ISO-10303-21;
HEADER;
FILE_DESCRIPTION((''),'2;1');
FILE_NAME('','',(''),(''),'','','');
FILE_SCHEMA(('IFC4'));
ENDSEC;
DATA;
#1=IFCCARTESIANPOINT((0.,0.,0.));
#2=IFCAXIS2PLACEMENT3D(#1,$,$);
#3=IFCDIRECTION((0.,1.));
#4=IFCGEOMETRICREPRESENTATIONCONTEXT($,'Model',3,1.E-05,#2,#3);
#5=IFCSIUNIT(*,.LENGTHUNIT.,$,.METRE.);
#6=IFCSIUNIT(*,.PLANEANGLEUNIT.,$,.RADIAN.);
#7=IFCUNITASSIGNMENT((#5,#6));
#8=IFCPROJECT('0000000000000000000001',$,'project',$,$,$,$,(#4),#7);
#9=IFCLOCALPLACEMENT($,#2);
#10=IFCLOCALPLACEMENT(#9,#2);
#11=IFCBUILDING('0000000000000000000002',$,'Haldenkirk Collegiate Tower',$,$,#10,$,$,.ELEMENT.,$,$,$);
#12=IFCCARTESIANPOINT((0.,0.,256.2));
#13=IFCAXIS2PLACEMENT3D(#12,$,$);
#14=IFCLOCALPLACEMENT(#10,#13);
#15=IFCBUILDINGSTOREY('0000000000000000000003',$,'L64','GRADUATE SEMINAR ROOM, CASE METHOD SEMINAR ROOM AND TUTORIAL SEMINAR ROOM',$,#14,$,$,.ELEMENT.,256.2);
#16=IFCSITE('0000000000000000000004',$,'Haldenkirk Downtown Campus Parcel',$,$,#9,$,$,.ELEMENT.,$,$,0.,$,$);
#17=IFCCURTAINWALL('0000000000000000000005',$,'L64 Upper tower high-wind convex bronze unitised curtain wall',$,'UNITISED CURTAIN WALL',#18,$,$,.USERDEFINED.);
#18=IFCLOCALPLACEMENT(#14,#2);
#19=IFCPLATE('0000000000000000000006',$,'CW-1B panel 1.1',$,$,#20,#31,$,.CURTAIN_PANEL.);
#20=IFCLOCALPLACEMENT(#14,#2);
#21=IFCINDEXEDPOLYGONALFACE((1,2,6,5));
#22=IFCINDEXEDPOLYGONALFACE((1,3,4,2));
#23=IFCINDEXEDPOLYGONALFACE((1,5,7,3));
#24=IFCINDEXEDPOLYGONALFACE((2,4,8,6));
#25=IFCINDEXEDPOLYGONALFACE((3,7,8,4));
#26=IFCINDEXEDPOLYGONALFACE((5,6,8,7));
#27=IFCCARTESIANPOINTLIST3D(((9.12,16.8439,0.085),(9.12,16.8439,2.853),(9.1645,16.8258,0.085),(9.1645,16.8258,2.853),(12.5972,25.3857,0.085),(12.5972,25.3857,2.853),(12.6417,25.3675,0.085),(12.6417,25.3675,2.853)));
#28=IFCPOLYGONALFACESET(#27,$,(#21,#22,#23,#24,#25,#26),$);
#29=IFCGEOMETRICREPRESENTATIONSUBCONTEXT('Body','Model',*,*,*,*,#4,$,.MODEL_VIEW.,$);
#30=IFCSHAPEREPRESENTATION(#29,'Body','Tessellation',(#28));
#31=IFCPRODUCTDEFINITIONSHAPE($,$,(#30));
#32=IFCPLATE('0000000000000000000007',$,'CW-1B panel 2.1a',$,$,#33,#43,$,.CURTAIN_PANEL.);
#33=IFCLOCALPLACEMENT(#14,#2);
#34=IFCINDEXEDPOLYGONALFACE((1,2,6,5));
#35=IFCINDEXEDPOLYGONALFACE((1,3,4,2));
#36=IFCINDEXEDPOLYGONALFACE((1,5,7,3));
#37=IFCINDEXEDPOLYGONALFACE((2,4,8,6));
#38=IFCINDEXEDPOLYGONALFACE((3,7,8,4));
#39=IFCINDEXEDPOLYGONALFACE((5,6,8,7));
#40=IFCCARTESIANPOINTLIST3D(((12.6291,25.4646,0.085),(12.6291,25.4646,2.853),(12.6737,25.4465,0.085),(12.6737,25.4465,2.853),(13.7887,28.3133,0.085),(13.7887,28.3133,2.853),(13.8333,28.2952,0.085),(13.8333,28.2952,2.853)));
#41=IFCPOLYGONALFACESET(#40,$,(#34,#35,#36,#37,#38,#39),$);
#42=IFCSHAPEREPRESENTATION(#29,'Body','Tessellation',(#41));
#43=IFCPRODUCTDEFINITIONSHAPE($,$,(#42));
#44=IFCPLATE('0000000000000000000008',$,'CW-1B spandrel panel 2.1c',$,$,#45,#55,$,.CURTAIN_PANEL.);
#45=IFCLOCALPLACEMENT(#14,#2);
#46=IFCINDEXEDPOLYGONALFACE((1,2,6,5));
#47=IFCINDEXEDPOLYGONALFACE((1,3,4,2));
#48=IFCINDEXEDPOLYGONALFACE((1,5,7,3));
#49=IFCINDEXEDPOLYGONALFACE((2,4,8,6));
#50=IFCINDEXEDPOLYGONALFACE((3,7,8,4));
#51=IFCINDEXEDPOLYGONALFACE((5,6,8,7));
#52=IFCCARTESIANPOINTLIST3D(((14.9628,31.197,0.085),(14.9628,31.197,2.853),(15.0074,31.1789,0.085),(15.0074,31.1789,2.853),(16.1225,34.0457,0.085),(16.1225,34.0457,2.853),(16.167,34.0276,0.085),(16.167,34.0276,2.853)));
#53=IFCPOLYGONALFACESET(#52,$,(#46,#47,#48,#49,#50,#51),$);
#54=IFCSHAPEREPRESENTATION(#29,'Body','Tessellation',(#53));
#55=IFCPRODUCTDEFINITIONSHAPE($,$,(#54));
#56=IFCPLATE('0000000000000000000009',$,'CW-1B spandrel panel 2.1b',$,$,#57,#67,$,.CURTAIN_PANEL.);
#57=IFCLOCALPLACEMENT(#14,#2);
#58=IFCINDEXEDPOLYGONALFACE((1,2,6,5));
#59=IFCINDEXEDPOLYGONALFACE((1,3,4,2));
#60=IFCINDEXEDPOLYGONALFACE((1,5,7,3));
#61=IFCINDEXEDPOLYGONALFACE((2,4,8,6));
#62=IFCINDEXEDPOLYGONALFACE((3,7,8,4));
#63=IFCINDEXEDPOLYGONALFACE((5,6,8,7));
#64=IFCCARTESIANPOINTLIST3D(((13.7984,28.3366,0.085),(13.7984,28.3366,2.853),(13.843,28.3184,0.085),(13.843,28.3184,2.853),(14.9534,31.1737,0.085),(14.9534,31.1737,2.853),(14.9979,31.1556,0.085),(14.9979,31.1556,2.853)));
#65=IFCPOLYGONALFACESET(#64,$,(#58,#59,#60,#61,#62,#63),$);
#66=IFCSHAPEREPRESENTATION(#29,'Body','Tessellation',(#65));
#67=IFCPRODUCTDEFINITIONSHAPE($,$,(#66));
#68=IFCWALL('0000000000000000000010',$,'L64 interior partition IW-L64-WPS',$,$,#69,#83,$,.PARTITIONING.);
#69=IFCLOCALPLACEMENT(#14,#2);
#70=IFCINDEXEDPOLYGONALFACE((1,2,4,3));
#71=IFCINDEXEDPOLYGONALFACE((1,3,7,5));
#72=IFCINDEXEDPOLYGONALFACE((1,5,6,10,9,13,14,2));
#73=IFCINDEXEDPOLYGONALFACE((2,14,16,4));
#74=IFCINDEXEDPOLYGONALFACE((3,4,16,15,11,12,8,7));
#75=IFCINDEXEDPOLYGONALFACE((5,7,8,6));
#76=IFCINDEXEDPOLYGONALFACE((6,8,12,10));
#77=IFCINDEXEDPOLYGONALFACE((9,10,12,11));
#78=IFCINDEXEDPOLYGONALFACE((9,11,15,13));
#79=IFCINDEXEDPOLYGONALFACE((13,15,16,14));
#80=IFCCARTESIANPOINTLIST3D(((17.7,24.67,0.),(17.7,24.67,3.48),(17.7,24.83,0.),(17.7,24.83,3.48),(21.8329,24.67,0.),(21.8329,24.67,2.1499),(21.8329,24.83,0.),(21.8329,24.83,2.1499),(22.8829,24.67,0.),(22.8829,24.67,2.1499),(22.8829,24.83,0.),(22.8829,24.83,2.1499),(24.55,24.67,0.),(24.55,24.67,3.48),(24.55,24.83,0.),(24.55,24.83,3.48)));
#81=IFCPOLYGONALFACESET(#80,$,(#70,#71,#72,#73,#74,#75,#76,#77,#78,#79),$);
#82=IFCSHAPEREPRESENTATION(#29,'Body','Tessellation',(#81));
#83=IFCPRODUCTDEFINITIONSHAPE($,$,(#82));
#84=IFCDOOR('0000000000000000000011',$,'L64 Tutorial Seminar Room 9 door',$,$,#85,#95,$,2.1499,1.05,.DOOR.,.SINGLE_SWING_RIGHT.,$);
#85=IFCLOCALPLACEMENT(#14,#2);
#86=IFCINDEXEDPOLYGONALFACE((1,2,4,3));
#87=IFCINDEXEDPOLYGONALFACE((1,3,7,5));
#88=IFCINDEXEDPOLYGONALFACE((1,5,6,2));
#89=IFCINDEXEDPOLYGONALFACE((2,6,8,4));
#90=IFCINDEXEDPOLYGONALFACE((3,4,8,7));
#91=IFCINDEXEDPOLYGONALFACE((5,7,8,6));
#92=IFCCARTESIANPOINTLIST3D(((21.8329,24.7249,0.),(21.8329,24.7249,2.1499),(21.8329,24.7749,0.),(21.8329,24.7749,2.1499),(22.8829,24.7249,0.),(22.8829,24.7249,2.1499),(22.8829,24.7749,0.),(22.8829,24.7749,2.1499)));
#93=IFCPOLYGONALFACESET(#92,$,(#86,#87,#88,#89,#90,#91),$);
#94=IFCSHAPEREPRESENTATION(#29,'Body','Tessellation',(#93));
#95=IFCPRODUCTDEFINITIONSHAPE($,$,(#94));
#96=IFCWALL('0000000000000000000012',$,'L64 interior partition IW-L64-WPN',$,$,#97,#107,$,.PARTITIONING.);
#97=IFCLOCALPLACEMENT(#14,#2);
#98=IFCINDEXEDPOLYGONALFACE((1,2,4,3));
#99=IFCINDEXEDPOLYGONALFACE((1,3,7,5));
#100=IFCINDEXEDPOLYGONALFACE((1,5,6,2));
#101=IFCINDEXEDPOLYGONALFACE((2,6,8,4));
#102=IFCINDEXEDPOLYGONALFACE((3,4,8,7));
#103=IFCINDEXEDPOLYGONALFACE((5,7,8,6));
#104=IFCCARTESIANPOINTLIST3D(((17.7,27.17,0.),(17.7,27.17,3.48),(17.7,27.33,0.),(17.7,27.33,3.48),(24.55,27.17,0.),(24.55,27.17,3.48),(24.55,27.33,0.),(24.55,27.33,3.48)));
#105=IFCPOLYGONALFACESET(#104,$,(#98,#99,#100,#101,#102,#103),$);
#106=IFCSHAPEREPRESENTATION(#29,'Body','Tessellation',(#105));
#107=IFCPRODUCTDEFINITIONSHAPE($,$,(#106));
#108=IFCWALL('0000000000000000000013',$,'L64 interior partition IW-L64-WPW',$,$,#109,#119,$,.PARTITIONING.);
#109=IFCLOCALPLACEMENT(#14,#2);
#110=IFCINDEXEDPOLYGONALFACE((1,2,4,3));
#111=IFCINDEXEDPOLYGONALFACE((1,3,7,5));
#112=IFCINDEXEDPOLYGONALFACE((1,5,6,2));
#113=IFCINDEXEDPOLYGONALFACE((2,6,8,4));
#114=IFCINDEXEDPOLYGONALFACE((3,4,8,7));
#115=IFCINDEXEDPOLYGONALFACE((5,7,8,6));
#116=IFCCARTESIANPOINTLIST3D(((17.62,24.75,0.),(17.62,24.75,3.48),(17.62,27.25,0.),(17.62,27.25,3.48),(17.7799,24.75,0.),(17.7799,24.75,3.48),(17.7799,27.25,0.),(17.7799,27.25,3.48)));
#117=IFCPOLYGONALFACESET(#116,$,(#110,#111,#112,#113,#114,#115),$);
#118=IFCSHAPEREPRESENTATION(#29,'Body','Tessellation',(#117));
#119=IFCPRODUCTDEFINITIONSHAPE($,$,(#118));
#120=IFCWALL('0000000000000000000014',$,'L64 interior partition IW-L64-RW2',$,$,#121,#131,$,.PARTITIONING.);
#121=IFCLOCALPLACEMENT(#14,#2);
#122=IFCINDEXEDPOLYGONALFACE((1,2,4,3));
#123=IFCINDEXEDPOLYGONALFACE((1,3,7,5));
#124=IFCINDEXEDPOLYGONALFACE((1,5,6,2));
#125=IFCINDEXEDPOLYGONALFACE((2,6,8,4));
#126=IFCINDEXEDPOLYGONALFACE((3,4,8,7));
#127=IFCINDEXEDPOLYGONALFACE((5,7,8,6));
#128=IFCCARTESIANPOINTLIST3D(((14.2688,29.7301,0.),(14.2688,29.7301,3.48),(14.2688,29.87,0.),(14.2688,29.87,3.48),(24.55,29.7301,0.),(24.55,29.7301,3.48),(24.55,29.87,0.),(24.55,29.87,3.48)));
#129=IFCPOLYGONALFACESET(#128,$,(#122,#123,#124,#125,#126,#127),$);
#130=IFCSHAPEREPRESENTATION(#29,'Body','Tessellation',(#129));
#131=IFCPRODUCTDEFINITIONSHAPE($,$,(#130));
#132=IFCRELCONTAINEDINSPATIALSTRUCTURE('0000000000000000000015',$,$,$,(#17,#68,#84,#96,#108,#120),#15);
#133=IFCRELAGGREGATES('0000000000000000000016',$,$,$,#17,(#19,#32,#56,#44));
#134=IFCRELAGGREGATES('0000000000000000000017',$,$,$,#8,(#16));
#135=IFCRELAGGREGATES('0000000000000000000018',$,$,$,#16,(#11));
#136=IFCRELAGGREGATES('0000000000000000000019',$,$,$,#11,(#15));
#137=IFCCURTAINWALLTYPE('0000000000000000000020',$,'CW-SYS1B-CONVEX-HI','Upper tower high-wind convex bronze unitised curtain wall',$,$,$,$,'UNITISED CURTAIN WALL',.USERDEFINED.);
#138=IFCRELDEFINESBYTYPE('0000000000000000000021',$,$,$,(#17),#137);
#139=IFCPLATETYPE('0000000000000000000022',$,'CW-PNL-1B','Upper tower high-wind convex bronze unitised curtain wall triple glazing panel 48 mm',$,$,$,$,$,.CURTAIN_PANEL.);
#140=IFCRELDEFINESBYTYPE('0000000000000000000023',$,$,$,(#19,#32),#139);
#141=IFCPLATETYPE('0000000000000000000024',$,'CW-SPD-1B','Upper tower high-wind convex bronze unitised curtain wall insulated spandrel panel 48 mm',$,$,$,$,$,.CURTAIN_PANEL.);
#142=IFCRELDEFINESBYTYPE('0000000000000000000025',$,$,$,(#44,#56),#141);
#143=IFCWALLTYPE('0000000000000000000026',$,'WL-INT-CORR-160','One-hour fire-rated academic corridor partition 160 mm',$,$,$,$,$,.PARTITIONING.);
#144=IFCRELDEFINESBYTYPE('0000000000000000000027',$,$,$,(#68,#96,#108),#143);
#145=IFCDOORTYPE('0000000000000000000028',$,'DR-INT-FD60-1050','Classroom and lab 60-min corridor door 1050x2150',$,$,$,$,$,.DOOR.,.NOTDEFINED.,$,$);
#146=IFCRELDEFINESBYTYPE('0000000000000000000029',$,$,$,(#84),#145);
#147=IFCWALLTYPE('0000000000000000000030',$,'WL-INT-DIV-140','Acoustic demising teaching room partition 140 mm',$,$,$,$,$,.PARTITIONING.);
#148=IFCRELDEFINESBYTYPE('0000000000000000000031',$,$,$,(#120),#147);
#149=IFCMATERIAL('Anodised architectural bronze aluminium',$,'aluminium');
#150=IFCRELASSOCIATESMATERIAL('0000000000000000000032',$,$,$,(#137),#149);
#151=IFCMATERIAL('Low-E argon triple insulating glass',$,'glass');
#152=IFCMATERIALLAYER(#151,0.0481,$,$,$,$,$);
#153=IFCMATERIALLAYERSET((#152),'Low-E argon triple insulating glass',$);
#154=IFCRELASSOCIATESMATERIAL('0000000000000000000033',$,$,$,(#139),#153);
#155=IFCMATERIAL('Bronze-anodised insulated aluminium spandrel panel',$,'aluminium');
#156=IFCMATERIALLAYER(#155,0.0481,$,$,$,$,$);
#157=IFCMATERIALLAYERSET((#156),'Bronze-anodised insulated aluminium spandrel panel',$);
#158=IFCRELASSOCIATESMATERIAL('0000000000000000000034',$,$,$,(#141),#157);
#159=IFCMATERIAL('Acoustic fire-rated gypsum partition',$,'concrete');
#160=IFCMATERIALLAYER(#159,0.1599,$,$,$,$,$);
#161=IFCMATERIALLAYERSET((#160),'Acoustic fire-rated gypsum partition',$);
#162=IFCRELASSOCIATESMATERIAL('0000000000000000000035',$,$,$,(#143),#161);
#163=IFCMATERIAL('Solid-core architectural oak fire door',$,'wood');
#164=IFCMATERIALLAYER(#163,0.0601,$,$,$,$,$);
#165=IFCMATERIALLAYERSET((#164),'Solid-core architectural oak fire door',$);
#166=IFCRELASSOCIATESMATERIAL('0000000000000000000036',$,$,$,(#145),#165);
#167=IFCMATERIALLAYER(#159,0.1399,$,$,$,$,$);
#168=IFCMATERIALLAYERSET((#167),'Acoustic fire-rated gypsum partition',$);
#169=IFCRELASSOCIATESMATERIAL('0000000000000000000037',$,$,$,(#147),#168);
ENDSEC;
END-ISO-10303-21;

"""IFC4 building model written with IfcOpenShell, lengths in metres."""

from ifc_helpers import new_model, si_unit, direction, frame, frame_2d, origin, origin_2d, place, context, subcontext, project, spatial, rectangle, extrude, source, transform, mapped, material, layer, layer_set, type_object, element, fill, aggregate, save


model = new_model("IFC4")

# Units and contexts
model_context = context("Model", 3, precision=1e-05, world=origin(), true_north=direction((0.0, 1.0)))
body_context = subcontext(model_context, "Body", "Model", "MODEL_VIEW")
ifc_project = project(units=[si_unit("LENGTHUNIT", "METRE"), si_unit("PLANEANGLEUNIT", "RADIAN")], contexts=[model_context])

# Site, building, storey
site_placement = place(None, origin())
site = spatial("IfcSite", under=ifc_project, at=site_placement, Name="Haldenkirk Downtown Campus Parcel", CompositionType="ELEMENT", RefElevation=0.0)
building_placement = place(site_placement, origin())
building = spatial("IfcBuilding", under=site, at=building_placement, Name="Haldenkirk Collegiate Tower", CompositionType="ELEMENT")
storey_placement = place(building_placement, frame((0.0, 0.0, 256.2)))
storey = spatial("IfcBuildingStorey", under=building, at=storey_placement, Name="L64", Description="GRADUATE SEMINAR ROOM, CASE METHOD SEMINAR ROOM AND TUTORIAL SEMINAR ROOM", CompositionType="ELEMENT", Elevation=256.2)

# Curtain wall
ifc_material_1 = material(Name="Anodised architectural bronze aluminium", Category="aluminium")
curtain_wall_type = type_object("IfcCurtainWallType", Name="CW-SYS1B-CONVEX-HI", Description="Upper tower high-wind convex bronze unitised curtain wall", ElementType="UNITISED CURTAIN WALL", PredefinedType="USERDEFINED", material=ifc_material_1)
curtain_wall_placement = place(storey_placement, origin())
curtain_wall = element("IfcCurtainWall", 1, at=curtain_wall_placement, inside=storey, type_object=curtain_wall_type, Name="L64 Upper tower high-wind convex bronze unitised curtain wall", ObjectType="UNITISED CURTAIN WALL", PredefinedType="USERDEFINED")

# Plates
ifc_material_2 = material(Name="Low-E argon triple insulating glass", Category="glass")
ifc_layer_1 = layer(ifc_material_2, 0.0481)
ifc_layer_set_1 = layer_set([ifc_layer_1], Name="Low-E argon triple insulating glass")
plate_type_1 = type_object("IfcPlateType", Name="CW-PNL-1B", Description="Upper tower high-wind convex bronze unitised curtain wall triple glazing panel 48 mm", PredefinedType="CURTAIN_PANEL", material=ifc_layer_set_1)
shared_shape_1 = source(origin(), body_context, "Body", "SweptSolid", [
    extrude(rectangle(XDim=9.2224, YDim=0.0481, at=origin_2d()), origin(), (0.0, 0.0, 1.0), 2.7681),
])
plate_1_placement = place(storey_placement, frame((10.8809, 21.1057, 0.085), z_axis=(0.0, 0.0, 1.0), x_axis=(0.377035, 0.926199, 0.0)))
plate_1 = element("IfcPlate", 2, at=plate_1_placement, type_object=plate_type_1, Name="CW-1B panel 1.1", PredefinedType="CURTAIN_PANEL", context=body_context, shape_type="MappedRepresentation", body=[
    mapped(shared_shape_1, transform((0.0, 0.0, 0.0), x_axis=(1.0, 0.0, 0.0), y_axis=(0.0, 1.0, 0.0), z_axis=(0.0, 0.0, 1.0), scale=1.0)),
])
shared_shape_2 = source(origin(), body_context, "Body", "SweptSolid", [
    extrude(rectangle(XDim=3.0757, YDim=0.0481, at=origin_2d()), origin(), (0.0, 0.0, 1.0), 2.7681),
])
plate_2_placement = place(storey_placement, frame((13.2312, 26.8799, 0.085), z_axis=(0.0, 0.0, 1.0), x_axis=(0.377035, 0.926199, 0.0)))
plate_2 = element("IfcPlate", 3, at=plate_2_placement, type_object=plate_type_1, Name="CW-1B panel 2.1a", PredefinedType="CURTAIN_PANEL", context=body_context, shape_type="MappedRepresentation", body=[
    mapped(shared_shape_2, transform((0.0, 0.0, 0.0), x_axis=(1.0, 0.0, 0.0), y_axis=(0.0, 1.0, 0.0), z_axis=(0.0, 0.0, 1.0), scale=1.0)),
])
ifc_material_3 = material(Name="Bronze-anodised insulated aluminium spandrel panel", Category="aluminium")
ifc_layer_2 = layer(ifc_material_3, 0.0481)
ifc_layer_set_2 = layer_set([ifc_layer_2], Name="Bronze-anodised insulated aluminium spandrel panel")
plate_type_2 = type_object("IfcPlateType", Name="CW-SPD-1B", Description="Upper tower high-wind convex bronze unitised curtain wall insulated spandrel panel 48 mm", PredefinedType="CURTAIN_PANEL", material=ifc_layer_set_2)
plate_3_placement = place(storey_placement, frame((15.5649, 32.6123, 0.085), z_axis=(0.0, 0.0, 1.0), x_axis=(0.377035, 0.926199, 0.0)))
plate_3 = element("IfcPlate", 4, at=plate_3_placement, type_object=plate_type_2, Name="CW-1B spandrel panel 2.1c", PredefinedType="CURTAIN_PANEL", context=body_context, shape_type="MappedRepresentation", body=[
    mapped(shared_shape_2, transform((0.0, 0.0, 0.0), x_axis=(1.0, 0.0, 0.0), y_axis=(0.0, 1.0, 0.0), z_axis=(0.0, 0.0, 1.0), scale=1.0)),
])
shared_shape_3 = source(origin(), body_context, "Body", "SweptSolid", [
    extrude(rectangle(XDim=3.0632, YDim=0.0481, at=origin_2d()), origin(), (0.0, 0.0, 1.0), 2.7681),
])
plate_4_placement = place(storey_placement, frame((14.3982, 29.7461, 0.085), z_axis=(0.0, 0.0, 1.0), x_axis=(0.377035, 0.926199, 0.0)))
plate_4 = element("IfcPlate", 5, at=plate_4_placement, type_object=plate_type_2, Name="CW-1B spandrel panel 2.1b", PredefinedType="CURTAIN_PANEL", context=body_context, shape_type="MappedRepresentation", body=[
    mapped(shared_shape_3, transform((0.0, 0.0, 0.0), x_axis=(1.0, 0.0, 0.0), y_axis=(0.0, 1.0, 0.0), z_axis=(0.0, 0.0, 1.0), scale=1.0)),
])
aggregate(curtain_wall, [plate_1, plate_2, plate_4, plate_3])

# Wall, opening, door
ifc_material_4 = material(Name="Acoustic fire-rated gypsum partition", Category="concrete")
ifc_layer_3 = layer(ifc_material_4, 0.1599)
ifc_layer_set_3 = layer_set([ifc_layer_3], Name="Acoustic fire-rated gypsum partition")
wall_type_1 = type_object("IfcWallType", Name="WL-INT-CORR-160", Description="One-hour fire-rated academic corridor partition 160 mm", PredefinedType="PARTITIONING", material=ifc_layer_set_3)
wall_1_placement = place(storey_placement, frame((17.7, 24.75, 0.0), z_axis=(0.0, 0.0, 1.0), x_axis=(1.0, 0.0, 0.0)))
wall_1 = element("IfcWall", 6, at=wall_1_placement, inside=storey, type_object=wall_type_1, Name="L64 interior partition IW-L64-WPS", PredefinedType="PARTITIONING", context=body_context, shape_type="SweptSolid", body=[
    extrude(rectangle(XDim=6.8501, YDim=0.1599, at=frame_2d((3.425, 0.0))), origin(), (0.0, 0.0, 1.0), 3.48),
])
opening_placement = place(wall_1_placement, frame((4.1331, 0.0, 0.0)))
opening = element("IfcOpeningElement", 7, at=opening_placement, cuts=wall_1, PredefinedType="OPENING", context=body_context, shape_type="SweptSolid", body=[
    extrude(rectangle(XDim=1.05, YDim=2.1499, at=frame_2d((0.5249, 1.075))), frame((0.0, 0.0898, 0.0), z_axis=(0.0, -1.0, 0.0), x_axis=(1.0, 0.0, 0.0)), (0.0, 0.0, 1.0), 0.1799),
])
ifc_material_5 = material(Name="Solid-core architectural oak fire door", Category="wood")
ifc_layer_4 = layer(ifc_material_5, 0.0601)
ifc_layer_set_4 = layer_set([ifc_layer_4], Name="Solid-core architectural oak fire door")
door_type = type_object("IfcDoorType", Name="DR-INT-FD60-1050", Description="Classroom and lab 60-min corridor door 1050x2150", OperationType="NOTDEFINED", PredefinedType="DOOR", material=ifc_layer_set_4)
door_placement = place(opening_placement, origin())
door = element("IfcDoor", 8, at=door_placement, inside=storey, type_object=door_type, Name="L64 Tutorial Seminar Room 9 door", OperationType="SINGLE_SWING_RIGHT", OverallHeight=2.1499, OverallWidth=1.05, PredefinedType="DOOR", context=body_context, shape_type="SweptSolid", body=[
    extrude(rectangle(XDim=1.05, YDim=2.1499, at=frame_2d((0.5249, 1.075))), frame((0.0, 0.0249, 0.0), z_axis=(0.0, -1.0, 0.0), x_axis=(1.0, 0.0, 0.0)), (0.0, 0.0, 1.0), 0.05),
])
fill(opening, door)

# Walls
wall_2_placement = place(storey_placement, frame((17.7, 27.25, 0.0), z_axis=(0.0, 0.0, 1.0), x_axis=(1.0, 0.0, 0.0)))
element("IfcWall", 9, at=wall_2_placement, inside=storey, type_object=wall_type_1, Name="L64 interior partition IW-L64-WPN", PredefinedType="PARTITIONING", context=body_context, shape_type="SweptSolid", body=[
    extrude(rectangle(XDim=6.8501, YDim=0.1599, at=frame_2d((3.425, 0.0))), origin(), (0.0, 0.0, 1.0), 3.48),
])
wall_3_placement = place(storey_placement, frame((17.7, 24.75, 0.0), z_axis=(0.0, 0.0, 1.0), x_axis=(0.0, 1.0, 0.0)))
element("IfcWall", 10, at=wall_3_placement, inside=storey, type_object=wall_type_1, Name="L64 interior partition IW-L64-WPW", PredefinedType="PARTITIONING", context=body_context, shape_type="SweptSolid", body=[
    extrude(rectangle(XDim=2.5, YDim=0.1599, at=frame_2d((1.25, 0.0))), origin(), (0.0, 0.0, 1.0), 3.48),
])
ifc_layer_5 = layer(ifc_material_4, 0.1399)
ifc_layer_set_5 = layer_set([ifc_layer_5], Name="Acoustic fire-rated gypsum partition")
wall_type_2 = type_object("IfcWallType", Name="WL-INT-DIV-140", Description="Acoustic demising teaching room partition 140 mm", PredefinedType="PARTITIONING", material=ifc_layer_set_5)
wall_4_placement = place(storey_placement, frame((14.2688, 29.8, 0.0), z_axis=(0.0, 0.0, 1.0), x_axis=(1.0, 0.0, 0.0)))
element("IfcWall", 11, at=wall_4_placement, inside=storey, type_object=wall_type_2, Name="L64 interior partition IW-L64-RW2", PredefinedType="PARTITIONING", context=body_context, shape_type="SweptSolid", body=[
    extrude(rectangle(XDim=10.2812, YDim=0.1399, at=frame_2d((5.1406, 0.0))), origin(), (0.0, 0.0, 1.0), 3.48),
])

save(model, "model.ifc")
